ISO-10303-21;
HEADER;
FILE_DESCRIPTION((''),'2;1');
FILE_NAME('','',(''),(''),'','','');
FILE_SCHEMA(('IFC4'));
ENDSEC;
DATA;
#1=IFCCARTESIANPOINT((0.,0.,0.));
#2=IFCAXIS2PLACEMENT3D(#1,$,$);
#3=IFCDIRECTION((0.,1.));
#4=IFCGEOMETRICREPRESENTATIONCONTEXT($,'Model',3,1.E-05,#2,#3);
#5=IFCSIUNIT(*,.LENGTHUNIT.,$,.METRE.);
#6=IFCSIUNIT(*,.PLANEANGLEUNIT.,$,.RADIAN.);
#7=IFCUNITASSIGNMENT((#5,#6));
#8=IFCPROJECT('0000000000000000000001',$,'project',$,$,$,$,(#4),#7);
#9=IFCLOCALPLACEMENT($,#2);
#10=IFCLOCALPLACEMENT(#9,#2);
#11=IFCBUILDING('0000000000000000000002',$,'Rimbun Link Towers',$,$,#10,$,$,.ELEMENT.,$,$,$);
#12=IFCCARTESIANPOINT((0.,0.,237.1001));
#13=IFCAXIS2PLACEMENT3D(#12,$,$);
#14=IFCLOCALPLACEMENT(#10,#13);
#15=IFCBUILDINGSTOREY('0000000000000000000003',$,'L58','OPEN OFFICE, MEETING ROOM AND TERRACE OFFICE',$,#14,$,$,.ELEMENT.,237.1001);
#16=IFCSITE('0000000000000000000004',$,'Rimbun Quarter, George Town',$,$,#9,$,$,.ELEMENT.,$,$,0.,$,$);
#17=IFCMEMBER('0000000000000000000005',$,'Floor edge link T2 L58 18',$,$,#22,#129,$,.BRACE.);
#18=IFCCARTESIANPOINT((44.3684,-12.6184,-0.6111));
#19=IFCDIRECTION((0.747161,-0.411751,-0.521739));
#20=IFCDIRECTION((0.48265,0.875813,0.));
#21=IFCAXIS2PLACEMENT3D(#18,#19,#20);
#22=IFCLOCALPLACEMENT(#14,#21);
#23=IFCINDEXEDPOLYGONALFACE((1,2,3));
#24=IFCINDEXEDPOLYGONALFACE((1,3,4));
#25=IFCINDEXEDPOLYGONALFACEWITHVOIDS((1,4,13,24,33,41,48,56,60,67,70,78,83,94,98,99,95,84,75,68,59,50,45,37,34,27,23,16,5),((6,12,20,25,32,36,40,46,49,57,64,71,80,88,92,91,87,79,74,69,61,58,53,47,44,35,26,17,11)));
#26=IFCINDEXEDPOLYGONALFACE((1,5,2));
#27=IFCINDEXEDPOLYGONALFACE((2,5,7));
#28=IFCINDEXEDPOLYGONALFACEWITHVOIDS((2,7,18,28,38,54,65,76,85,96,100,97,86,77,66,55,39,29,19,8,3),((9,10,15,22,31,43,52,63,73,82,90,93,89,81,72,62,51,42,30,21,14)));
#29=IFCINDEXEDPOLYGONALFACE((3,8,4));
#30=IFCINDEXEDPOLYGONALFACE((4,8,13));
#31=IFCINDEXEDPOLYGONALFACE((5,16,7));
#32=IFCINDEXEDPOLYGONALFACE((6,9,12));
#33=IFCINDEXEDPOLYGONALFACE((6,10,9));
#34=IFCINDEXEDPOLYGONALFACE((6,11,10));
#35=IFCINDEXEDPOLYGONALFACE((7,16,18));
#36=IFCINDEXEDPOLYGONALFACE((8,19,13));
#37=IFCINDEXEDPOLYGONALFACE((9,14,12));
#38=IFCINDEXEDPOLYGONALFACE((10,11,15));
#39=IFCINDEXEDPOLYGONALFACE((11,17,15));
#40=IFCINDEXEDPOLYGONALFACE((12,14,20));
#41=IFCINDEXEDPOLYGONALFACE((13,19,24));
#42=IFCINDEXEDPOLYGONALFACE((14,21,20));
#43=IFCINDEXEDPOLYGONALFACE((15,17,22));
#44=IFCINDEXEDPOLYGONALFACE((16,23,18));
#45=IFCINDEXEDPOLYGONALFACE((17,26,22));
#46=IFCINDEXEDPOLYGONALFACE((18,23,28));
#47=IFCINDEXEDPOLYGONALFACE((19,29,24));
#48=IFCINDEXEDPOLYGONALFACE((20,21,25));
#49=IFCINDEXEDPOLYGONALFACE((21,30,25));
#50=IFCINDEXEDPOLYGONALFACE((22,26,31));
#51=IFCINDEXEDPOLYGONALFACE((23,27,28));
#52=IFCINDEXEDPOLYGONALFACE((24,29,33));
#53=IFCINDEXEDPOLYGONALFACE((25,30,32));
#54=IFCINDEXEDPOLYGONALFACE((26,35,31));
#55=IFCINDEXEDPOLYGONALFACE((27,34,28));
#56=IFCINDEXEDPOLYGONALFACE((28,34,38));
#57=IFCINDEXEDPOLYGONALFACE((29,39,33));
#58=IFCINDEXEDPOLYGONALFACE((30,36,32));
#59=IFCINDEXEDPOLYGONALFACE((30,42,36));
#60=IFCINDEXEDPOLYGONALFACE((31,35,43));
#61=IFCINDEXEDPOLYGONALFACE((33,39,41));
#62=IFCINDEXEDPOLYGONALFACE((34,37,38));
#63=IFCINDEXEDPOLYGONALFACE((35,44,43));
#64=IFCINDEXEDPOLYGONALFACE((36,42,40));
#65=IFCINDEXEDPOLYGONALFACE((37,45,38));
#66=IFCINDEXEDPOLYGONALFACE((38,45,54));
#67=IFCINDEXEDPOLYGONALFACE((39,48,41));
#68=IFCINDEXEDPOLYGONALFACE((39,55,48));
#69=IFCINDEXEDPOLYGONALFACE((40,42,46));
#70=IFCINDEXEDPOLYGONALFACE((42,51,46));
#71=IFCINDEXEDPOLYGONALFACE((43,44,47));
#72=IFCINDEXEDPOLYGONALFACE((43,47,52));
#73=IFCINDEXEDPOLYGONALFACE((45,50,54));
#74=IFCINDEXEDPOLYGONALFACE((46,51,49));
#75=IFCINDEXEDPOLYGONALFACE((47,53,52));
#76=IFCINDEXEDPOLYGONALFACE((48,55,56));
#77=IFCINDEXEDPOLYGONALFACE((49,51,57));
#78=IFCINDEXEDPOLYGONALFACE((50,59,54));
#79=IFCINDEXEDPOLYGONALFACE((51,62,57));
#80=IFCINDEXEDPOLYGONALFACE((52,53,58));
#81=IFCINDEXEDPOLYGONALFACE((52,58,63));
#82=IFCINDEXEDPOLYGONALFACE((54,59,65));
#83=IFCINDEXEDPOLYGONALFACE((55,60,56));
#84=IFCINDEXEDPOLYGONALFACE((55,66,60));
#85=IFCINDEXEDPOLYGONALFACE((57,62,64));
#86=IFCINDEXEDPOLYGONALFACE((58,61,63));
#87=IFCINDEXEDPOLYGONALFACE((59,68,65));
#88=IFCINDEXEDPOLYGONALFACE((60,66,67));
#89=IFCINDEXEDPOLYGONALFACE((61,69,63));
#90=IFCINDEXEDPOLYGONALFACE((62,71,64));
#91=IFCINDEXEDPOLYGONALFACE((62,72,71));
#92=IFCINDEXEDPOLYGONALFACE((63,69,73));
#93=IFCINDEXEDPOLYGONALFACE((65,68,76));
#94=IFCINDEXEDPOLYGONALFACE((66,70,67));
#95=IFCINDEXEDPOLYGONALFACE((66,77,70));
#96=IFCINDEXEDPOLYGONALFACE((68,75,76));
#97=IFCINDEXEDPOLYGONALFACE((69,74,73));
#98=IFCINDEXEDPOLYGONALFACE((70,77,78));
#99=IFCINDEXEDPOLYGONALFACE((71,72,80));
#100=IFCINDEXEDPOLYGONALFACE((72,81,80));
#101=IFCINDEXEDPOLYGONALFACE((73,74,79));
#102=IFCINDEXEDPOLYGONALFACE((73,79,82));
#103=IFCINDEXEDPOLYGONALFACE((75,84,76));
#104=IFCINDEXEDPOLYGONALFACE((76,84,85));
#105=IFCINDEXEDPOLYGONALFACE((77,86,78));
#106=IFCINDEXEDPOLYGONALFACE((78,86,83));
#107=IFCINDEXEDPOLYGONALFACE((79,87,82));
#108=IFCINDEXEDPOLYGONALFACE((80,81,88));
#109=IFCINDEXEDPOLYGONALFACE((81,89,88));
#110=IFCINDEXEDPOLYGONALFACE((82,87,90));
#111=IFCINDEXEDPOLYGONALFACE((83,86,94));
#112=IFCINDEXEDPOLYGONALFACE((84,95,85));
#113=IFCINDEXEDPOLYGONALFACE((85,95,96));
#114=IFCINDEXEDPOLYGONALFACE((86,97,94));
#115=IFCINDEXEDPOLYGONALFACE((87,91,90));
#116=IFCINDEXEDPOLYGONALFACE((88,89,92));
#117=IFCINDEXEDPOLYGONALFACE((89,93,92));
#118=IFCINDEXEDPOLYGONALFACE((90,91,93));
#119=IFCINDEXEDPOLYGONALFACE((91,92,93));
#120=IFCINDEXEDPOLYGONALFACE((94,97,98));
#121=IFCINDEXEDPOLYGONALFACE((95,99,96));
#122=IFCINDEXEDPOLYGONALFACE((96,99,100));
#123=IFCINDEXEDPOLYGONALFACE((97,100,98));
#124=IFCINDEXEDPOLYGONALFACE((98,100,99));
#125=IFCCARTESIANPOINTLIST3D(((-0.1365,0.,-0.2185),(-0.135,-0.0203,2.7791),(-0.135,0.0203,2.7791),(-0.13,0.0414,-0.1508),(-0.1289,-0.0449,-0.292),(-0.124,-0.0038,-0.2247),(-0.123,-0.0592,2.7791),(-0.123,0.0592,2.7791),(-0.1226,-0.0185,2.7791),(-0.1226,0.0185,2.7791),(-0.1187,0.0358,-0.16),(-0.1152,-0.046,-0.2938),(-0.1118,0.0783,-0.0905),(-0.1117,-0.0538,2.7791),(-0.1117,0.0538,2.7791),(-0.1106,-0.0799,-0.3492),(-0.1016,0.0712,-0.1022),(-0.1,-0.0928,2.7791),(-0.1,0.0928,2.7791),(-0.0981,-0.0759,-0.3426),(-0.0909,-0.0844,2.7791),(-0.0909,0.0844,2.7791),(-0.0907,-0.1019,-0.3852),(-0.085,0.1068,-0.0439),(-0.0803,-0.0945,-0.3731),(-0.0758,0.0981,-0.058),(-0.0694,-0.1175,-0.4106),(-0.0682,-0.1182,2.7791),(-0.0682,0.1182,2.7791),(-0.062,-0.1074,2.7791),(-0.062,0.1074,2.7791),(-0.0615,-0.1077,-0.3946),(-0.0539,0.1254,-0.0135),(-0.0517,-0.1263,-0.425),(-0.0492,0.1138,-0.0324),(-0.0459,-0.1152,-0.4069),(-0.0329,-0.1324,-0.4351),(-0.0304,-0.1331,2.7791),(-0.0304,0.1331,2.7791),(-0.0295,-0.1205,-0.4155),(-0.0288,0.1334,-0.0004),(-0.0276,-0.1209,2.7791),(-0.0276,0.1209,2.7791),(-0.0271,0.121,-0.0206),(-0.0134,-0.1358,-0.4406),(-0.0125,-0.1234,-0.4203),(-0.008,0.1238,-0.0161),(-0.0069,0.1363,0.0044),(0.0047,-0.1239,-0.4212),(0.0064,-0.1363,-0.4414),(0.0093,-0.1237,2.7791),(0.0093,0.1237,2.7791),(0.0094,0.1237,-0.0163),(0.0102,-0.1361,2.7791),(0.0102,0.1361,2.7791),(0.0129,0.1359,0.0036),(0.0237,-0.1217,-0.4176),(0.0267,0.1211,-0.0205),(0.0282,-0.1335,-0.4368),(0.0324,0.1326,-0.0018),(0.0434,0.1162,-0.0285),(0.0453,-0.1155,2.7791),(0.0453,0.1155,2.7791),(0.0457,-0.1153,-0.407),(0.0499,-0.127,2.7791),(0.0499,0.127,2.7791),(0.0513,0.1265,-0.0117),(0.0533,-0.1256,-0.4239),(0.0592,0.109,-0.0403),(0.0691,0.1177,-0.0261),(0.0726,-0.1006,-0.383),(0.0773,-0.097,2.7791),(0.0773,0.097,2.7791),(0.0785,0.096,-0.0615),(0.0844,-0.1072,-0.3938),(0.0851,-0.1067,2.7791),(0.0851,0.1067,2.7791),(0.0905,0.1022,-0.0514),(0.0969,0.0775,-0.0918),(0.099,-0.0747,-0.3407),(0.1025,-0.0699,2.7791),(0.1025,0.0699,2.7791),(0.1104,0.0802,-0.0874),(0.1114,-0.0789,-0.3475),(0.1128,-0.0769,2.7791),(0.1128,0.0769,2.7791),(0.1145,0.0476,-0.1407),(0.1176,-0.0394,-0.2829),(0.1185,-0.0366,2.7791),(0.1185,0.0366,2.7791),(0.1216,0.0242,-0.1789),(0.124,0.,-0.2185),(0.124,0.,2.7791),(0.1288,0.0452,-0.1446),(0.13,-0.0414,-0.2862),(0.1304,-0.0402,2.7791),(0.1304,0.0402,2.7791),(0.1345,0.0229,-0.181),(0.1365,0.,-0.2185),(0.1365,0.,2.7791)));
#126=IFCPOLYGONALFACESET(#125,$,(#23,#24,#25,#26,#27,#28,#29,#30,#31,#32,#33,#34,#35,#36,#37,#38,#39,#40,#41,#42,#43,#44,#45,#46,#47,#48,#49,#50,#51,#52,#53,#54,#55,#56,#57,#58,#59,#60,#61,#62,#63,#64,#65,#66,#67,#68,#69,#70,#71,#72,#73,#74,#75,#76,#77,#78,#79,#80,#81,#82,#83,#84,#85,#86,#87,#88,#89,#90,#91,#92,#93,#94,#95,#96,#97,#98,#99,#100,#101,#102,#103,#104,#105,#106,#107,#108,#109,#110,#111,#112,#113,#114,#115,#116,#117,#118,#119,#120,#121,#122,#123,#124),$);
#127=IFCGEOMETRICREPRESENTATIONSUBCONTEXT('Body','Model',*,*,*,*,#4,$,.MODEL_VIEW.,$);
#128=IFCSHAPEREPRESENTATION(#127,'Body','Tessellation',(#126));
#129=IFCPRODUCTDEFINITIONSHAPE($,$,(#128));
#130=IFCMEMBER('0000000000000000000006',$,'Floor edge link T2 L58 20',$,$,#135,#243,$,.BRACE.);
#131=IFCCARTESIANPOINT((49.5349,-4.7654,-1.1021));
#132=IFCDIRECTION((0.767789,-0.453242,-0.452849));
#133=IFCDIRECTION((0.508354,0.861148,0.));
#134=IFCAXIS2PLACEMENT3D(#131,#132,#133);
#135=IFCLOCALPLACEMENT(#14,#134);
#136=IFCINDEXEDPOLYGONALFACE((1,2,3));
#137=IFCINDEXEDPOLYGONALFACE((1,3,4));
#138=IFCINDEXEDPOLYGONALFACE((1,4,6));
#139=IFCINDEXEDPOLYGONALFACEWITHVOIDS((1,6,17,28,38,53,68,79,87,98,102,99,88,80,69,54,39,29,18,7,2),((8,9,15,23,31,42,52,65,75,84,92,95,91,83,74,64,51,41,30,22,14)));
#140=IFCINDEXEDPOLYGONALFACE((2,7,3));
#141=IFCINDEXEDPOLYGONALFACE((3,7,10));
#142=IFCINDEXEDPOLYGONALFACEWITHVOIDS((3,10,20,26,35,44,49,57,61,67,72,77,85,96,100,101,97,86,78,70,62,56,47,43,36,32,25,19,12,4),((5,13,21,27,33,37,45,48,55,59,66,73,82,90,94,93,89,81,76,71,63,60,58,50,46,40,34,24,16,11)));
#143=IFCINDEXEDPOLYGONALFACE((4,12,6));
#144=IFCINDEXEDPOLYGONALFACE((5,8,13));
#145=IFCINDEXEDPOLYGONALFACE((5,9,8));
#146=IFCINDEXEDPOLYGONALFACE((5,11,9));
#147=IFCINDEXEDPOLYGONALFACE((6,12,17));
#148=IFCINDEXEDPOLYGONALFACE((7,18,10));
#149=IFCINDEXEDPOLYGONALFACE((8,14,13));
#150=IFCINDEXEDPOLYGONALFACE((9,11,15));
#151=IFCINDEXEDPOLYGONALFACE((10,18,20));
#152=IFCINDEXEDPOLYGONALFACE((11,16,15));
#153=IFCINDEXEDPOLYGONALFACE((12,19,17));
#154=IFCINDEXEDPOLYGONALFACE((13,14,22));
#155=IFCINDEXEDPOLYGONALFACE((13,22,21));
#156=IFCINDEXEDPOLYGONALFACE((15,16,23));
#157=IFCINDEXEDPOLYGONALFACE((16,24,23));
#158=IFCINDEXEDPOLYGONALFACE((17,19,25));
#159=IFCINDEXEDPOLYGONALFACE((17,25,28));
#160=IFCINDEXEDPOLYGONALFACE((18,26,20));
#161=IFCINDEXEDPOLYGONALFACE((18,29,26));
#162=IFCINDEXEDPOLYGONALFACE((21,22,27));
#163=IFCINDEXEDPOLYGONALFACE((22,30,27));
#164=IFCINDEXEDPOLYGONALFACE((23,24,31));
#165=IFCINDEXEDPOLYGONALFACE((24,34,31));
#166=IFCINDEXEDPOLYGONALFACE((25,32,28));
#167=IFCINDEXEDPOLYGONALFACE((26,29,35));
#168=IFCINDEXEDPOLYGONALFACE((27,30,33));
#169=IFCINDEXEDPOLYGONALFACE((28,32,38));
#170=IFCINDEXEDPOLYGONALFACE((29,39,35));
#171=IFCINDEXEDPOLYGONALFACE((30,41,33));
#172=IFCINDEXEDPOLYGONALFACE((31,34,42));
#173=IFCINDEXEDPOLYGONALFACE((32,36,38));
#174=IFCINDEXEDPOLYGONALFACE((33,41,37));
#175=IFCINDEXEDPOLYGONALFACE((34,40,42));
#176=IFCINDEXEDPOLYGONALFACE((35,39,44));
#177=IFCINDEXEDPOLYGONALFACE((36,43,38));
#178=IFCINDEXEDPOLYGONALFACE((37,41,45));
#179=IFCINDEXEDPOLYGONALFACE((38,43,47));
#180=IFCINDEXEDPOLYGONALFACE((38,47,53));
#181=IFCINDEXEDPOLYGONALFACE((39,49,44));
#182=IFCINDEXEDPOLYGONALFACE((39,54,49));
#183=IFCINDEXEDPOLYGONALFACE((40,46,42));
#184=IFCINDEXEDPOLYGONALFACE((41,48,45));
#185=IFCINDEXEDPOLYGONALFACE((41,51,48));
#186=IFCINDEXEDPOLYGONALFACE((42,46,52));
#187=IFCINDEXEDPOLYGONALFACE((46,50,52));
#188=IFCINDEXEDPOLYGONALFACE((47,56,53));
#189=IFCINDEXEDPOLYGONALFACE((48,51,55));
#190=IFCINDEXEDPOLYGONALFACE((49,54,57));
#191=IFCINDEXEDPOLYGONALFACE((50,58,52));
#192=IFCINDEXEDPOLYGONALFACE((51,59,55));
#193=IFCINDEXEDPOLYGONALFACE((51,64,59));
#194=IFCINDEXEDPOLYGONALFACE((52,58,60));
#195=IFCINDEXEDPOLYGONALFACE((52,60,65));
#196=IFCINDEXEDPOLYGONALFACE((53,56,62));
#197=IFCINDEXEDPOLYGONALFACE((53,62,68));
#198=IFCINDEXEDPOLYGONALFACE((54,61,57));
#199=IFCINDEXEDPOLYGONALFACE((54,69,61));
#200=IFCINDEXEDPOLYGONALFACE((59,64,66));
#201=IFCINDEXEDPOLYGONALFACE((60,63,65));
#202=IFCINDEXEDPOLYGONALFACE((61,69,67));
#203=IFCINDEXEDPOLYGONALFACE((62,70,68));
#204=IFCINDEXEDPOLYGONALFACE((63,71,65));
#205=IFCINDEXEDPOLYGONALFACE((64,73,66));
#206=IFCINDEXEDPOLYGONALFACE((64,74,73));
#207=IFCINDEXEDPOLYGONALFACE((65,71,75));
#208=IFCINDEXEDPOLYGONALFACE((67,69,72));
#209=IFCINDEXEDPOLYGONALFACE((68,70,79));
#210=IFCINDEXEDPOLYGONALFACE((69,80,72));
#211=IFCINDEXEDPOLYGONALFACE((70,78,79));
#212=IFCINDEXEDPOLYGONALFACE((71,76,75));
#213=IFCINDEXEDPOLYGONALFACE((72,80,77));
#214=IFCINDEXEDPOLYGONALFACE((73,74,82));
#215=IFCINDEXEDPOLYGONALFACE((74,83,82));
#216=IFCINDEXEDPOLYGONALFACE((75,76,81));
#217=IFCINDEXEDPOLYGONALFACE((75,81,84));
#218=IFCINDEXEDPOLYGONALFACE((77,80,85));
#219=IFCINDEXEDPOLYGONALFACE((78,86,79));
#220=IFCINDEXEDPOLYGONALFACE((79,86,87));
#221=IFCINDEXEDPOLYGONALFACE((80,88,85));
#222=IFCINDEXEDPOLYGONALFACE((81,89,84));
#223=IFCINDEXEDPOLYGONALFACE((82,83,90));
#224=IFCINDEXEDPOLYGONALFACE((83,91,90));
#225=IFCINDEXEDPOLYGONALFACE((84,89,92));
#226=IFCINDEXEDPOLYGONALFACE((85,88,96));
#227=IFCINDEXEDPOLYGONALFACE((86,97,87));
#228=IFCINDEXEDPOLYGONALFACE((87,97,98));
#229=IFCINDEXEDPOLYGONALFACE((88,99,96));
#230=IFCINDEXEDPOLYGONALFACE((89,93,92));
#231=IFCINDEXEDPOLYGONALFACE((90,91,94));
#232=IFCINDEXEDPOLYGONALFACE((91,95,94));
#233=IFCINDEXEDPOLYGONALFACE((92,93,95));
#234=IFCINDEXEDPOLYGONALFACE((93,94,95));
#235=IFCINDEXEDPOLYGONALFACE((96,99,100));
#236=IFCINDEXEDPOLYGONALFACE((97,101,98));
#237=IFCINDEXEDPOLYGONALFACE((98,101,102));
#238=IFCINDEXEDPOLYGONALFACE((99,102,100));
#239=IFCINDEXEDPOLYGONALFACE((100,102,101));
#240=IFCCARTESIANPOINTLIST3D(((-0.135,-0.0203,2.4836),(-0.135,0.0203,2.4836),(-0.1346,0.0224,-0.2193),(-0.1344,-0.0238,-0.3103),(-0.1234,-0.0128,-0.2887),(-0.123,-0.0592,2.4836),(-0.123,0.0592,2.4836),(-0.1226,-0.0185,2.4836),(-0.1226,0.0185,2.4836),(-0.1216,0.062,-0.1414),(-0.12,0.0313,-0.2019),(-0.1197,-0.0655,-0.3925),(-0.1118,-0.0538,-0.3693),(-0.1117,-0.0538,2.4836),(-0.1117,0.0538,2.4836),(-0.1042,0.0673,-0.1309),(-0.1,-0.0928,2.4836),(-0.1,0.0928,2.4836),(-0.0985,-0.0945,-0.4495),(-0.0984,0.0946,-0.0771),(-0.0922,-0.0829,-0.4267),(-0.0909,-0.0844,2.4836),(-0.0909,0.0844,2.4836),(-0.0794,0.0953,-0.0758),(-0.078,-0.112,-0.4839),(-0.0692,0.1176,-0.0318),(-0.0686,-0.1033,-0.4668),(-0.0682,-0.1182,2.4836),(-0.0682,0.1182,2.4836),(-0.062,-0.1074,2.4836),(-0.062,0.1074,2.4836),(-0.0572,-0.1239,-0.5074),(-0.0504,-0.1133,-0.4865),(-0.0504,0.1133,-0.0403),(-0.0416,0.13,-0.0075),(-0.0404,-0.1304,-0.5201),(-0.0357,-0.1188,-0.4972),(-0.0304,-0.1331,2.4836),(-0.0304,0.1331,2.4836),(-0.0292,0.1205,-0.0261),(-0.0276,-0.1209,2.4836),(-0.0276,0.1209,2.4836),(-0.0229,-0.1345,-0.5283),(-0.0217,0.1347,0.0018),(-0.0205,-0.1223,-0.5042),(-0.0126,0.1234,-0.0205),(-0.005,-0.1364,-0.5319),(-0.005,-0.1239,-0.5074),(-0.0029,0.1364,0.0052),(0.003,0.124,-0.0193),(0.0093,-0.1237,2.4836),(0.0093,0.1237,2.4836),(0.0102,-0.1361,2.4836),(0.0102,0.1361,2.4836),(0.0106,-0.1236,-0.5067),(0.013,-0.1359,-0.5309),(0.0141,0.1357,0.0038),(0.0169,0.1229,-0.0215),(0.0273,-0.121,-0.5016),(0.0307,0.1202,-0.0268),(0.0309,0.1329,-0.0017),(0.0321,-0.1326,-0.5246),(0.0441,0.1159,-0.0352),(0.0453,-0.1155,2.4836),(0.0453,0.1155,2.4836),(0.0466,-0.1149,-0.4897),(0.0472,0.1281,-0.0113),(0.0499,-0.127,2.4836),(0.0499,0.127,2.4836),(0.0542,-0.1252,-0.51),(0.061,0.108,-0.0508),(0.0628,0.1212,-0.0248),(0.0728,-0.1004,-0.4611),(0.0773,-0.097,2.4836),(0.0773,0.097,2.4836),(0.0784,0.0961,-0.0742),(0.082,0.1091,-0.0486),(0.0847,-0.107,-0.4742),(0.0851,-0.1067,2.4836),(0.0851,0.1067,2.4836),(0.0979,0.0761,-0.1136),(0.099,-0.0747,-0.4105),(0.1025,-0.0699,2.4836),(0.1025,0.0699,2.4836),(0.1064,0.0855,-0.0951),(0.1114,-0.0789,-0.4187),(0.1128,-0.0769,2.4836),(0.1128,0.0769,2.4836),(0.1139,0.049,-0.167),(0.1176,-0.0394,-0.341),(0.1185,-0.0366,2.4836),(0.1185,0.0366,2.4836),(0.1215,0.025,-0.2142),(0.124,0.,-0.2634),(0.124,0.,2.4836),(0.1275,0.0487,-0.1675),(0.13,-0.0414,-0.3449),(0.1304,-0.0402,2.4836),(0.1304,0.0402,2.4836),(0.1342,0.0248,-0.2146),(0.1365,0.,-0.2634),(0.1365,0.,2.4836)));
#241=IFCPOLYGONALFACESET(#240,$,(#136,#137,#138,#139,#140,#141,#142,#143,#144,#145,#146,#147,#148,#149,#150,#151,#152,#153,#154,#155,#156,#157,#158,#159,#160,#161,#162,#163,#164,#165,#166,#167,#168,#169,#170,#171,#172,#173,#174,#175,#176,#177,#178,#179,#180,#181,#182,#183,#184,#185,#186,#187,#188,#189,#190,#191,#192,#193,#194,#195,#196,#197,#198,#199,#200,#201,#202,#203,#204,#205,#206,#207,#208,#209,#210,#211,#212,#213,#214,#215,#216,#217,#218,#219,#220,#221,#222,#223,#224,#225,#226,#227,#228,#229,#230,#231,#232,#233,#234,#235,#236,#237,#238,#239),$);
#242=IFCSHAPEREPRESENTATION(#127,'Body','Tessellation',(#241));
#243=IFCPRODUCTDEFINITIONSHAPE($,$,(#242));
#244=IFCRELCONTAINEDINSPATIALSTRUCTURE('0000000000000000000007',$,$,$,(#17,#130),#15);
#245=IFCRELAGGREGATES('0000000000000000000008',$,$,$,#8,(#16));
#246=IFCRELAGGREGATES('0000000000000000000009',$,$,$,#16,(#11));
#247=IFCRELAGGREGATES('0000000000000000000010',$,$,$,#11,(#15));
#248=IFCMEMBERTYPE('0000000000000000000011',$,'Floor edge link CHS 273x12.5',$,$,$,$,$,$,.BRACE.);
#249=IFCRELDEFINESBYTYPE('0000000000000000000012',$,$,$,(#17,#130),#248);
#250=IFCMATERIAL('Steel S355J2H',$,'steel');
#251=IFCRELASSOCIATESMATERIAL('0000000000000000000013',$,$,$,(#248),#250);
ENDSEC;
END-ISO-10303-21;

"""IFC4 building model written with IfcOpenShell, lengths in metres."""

from ifc_helpers import new_model, si_unit, direction, frame, origin, origin_2d, place, context, subcontext, project, spatial, hollow_circle, extrude, clip, halfspace, material, material_profile, profile_set, type_object, element, save


model = new_model("IFC4")

# Units and contexts
model_context = context("Model", 3, precision=1e-05, world=origin(), true_north=direction((0.0, 1.0)))
body_context = subcontext(model_context, "Body", "Model", "MODEL_VIEW")
ifc_project = project(units=[si_unit("LENGTHUNIT", "METRE"), si_unit("PLANEANGLEUNIT", "RADIAN")], contexts=[model_context])

# Site, building, storey
site_placement = place(None, origin())
site = spatial("IfcSite", under=ifc_project, at=site_placement, Name="Rimbun Quarter, George Town", CompositionType="ELEMENT", RefElevation=0.0)
building_placement = place(site_placement, origin())
building = spatial("IfcBuilding", under=site, at=building_placement, Name="Rimbun Link Towers", CompositionType="ELEMENT")
storey_placement = place(building_placement, frame((0.0, 0.0, 237.1001)))
storey = spatial("IfcBuildingStorey", under=building, at=storey_placement, Name="L58", Description="OPEN OFFICE, MEETING ROOM AND TERRACE OFFICE", CompositionType="ELEMENT", Elevation=237.1001)

# Members
ifc_material_1 = material(Name="Steel S355J2H", Category="steel")
ifc_material_profile_1 = material_profile(ifc_material_1, hollow_circle(Radius=0.1365, WallThickness=0.0125, at=origin_2d()), Name="CHS 273x12.5")
ifc_profile_set_1 = profile_set([ifc_material_profile_1], Name="Steel S355J2H")
member_type_1 = type_object("IfcMemberType", Name="Floor edge link CHS 273x12.5", PredefinedType="BRACE", material=ifc_profile_set_1)
member_1_placement = place(storey_placement, frame((44.3684, -12.6184, -0.6111), z_axis=(0.747161, -0.411751, -0.521739), x_axis=(0.48265, 0.875813, 0.0)))
element("IfcMember", 1, at=member_1_placement, inside=storey, type_object=member_type_1, Name="Floor edge link T2 L58 18", PredefinedType="BRACE", context=body_context, shape_type="Clipping", body=[
    clip(extrude(hollow_circle(Radius=0.1365, WallThickness=0.0125, at=origin_2d()), frame((0.0, 0.0, -0.4656)), (0.0, 0.0, 1.0), 3.2446), halfspace(frame((0.0, 0.0, -0.2185), z_axis=(0.0, 0.853105, -0.521739)), False)),
])
member_2_placement = place(storey_placement, frame((49.5349, -4.7654, -1.1021), z_axis=(0.767789, -0.453242, -0.452849), x_axis=(0.508354, 0.861148, 0.0)))
element("IfcMember", 2, at=member_2_placement, inside=storey, type_object=member_type_1, Name="Floor edge link T2 L58 20", PredefinedType="BRACE", context=body_context, shape_type="Clipping", body=[
    clip(extrude(hollow_circle(Radius=0.1365, WallThickness=0.0125, at=origin_2d()), frame((0.0, 0.0, -0.5596)), (0.0, 0.0, 1.0), 3.0432), halfspace(frame((0.0, 0.0, -0.2634), z_axis=(0.0, 0.891587, -0.452849)), False)),
])

save(model, "model.ifc")
